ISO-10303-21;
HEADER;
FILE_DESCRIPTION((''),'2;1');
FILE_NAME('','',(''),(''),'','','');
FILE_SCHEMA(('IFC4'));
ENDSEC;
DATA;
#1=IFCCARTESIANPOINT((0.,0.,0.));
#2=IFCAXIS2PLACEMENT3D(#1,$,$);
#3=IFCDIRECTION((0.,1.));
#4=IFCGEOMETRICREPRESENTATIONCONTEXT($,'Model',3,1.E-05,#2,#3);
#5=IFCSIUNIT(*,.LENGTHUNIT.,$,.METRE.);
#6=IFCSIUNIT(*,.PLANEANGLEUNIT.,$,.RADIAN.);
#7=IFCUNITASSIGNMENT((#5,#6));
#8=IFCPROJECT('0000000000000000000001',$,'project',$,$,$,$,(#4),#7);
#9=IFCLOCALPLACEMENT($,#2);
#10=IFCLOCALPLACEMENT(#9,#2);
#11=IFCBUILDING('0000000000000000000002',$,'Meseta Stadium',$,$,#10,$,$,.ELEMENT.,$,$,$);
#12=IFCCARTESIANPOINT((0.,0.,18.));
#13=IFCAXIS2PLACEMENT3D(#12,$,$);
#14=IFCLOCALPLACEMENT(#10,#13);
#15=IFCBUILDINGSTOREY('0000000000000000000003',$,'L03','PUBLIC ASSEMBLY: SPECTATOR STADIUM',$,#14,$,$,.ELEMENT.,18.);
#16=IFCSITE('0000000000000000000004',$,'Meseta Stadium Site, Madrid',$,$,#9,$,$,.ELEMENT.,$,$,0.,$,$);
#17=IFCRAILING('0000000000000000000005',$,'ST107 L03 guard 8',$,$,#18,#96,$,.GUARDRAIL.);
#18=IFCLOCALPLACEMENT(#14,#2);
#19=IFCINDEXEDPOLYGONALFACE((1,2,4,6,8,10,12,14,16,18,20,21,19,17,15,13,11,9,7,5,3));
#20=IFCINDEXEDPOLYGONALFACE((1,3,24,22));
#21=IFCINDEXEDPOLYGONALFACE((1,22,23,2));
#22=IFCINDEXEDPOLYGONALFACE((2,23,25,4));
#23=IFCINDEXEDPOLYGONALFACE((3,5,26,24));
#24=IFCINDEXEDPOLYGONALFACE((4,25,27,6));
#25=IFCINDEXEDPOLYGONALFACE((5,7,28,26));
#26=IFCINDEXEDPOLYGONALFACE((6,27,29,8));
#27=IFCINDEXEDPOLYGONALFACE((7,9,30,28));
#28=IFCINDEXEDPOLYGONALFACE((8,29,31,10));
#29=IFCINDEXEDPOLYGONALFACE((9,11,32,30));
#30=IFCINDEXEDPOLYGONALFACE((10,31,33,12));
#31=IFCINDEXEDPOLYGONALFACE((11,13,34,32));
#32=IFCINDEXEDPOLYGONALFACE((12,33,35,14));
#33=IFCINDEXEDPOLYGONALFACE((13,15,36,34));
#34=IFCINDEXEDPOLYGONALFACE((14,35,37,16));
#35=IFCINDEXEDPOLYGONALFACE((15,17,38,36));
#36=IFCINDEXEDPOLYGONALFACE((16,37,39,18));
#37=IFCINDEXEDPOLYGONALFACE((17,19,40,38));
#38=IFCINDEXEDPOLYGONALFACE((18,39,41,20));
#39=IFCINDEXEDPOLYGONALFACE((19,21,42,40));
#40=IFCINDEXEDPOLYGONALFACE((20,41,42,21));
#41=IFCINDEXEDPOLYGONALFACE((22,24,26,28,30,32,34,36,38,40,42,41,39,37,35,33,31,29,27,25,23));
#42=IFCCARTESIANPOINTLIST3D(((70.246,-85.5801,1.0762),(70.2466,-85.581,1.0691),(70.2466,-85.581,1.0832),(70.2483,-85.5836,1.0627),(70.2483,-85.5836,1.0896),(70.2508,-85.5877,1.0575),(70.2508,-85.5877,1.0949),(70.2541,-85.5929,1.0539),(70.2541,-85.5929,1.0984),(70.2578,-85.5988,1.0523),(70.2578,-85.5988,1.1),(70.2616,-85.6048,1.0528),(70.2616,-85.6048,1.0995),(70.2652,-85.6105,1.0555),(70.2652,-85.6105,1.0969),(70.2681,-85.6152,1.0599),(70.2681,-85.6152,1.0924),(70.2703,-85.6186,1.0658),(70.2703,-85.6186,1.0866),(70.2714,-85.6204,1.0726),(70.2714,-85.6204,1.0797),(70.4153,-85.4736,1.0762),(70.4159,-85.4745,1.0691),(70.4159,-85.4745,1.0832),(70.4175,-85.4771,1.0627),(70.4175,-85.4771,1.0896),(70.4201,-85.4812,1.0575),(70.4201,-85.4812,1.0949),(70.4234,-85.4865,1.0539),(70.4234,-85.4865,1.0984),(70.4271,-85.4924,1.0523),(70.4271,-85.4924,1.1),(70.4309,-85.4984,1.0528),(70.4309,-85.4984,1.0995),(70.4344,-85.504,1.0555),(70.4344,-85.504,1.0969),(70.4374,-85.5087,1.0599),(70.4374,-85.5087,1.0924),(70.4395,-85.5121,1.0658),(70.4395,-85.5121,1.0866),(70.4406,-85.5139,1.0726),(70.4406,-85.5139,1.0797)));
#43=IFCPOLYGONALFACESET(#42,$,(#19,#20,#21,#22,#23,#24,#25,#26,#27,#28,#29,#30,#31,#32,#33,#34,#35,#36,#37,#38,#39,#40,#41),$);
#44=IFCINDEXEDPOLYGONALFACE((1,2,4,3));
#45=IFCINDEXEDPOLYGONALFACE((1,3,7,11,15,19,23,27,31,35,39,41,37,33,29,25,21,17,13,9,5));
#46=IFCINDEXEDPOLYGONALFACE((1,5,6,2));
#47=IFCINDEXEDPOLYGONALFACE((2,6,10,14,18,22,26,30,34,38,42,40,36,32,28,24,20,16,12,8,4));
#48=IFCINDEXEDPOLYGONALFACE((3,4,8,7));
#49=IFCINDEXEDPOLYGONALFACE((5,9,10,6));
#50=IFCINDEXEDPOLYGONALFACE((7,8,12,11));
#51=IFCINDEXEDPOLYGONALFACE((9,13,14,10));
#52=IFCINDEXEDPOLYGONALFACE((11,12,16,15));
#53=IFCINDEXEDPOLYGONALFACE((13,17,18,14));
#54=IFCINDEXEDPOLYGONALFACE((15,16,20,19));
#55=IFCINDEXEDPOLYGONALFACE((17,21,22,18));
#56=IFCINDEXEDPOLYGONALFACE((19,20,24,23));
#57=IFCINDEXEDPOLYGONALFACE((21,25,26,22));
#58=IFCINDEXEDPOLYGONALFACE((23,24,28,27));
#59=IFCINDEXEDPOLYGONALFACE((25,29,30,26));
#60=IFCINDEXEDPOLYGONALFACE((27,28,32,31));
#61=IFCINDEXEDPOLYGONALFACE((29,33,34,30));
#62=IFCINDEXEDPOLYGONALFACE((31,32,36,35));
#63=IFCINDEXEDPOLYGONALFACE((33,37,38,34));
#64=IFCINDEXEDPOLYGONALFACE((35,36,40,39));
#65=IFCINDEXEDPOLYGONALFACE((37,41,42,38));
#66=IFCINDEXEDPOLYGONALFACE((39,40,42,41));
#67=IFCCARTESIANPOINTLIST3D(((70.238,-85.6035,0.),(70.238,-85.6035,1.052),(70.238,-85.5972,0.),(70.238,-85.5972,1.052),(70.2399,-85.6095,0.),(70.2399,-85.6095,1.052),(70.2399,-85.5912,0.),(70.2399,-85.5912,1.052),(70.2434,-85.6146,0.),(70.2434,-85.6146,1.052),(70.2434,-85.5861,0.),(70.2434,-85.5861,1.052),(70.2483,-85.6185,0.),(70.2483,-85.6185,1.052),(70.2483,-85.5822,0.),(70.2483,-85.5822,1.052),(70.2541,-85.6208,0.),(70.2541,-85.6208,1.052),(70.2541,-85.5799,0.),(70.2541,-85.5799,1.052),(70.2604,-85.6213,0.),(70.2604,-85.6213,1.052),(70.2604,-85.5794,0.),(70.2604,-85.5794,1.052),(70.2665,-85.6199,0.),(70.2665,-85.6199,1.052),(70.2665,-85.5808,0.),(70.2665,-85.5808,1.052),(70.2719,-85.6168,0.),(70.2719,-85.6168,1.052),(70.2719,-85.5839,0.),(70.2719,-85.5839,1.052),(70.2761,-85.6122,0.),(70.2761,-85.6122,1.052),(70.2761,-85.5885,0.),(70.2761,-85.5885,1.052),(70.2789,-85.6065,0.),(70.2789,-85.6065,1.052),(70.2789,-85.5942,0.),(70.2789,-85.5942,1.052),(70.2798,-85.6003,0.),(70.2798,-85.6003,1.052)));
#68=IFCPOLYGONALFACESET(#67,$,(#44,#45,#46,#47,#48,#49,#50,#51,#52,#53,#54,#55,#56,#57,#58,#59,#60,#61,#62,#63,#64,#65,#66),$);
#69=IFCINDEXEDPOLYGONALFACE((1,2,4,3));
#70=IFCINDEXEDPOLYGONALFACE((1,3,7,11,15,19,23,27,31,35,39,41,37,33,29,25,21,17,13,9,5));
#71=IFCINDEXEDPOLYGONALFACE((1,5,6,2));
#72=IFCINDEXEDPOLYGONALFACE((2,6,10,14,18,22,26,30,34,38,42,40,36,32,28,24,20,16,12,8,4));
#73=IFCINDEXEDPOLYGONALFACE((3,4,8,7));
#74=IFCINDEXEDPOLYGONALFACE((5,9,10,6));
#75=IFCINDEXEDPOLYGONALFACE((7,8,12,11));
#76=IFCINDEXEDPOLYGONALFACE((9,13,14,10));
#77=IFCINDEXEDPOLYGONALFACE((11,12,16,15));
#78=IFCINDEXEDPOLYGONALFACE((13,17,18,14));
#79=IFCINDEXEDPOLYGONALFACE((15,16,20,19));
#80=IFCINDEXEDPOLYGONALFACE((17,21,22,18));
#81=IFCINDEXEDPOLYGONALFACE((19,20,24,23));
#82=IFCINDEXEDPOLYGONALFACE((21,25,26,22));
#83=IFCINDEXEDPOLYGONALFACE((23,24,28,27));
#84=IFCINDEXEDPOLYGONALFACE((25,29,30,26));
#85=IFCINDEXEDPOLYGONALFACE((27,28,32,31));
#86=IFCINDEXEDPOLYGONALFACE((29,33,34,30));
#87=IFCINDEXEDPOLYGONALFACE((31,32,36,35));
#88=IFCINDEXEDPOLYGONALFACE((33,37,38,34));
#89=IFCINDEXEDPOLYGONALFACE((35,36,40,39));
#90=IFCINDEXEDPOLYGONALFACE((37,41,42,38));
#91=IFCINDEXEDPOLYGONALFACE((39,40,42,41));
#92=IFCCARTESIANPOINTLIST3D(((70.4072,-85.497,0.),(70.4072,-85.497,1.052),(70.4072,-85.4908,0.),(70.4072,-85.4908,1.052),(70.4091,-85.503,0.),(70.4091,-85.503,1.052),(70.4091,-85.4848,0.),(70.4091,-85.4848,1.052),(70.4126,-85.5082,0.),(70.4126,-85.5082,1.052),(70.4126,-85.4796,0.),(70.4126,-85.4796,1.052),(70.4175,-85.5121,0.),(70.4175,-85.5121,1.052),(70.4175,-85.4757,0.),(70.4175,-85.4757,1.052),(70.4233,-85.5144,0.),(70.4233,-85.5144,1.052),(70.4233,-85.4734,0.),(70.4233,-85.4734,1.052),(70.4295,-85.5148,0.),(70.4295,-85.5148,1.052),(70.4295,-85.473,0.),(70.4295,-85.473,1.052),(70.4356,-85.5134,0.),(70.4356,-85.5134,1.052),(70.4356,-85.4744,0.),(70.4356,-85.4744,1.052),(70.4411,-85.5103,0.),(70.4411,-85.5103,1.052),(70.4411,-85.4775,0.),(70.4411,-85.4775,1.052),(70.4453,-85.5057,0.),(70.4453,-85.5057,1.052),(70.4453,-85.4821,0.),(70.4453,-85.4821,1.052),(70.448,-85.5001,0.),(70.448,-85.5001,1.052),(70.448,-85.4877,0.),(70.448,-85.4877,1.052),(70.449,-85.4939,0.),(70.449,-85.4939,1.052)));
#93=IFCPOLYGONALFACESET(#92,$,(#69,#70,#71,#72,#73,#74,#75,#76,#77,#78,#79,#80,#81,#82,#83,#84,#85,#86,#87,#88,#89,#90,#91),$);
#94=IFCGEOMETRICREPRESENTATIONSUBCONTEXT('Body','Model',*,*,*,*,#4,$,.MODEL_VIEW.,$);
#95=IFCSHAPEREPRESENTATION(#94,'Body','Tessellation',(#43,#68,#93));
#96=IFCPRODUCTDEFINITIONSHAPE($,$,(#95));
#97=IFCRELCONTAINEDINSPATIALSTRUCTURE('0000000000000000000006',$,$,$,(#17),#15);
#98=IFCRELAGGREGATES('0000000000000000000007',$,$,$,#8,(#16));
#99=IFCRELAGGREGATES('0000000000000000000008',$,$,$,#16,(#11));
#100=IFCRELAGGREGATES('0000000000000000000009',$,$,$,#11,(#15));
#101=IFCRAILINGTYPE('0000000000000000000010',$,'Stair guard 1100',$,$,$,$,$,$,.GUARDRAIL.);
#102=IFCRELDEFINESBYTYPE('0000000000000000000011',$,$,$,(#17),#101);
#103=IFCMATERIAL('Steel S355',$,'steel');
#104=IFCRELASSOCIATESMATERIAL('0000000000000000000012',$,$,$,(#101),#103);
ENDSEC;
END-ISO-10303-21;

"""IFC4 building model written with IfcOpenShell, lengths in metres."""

from ifc_helpers import new_model, si_unit, direction, frame, origin, origin_2d, place, context, subcontext, project, spatial, circle, extrude, material, type_object, element, save


model = new_model("IFC4")

# Units and contexts
model_context = context("Model", 3, precision=1e-05, world=origin(), true_north=direction((0.0, 1.0)))
body_context = subcontext(model_context, "Body", "Model", "MODEL_VIEW")
ifc_project = project(units=[si_unit("LENGTHUNIT", "METRE"), si_unit("PLANEANGLEUNIT", "RADIAN")], contexts=[model_context])

# Site, building, storey
site_placement = place(None, origin())
site = spatial("IfcSite", under=ifc_project, at=site_placement, Name="Meseta Stadium Site, Madrid", CompositionType="ELEMENT", RefElevation=0.0)
building_placement = place(site_placement, origin())
building = spatial("IfcBuilding", under=site, at=building_placement, Name="Meseta Stadium", CompositionType="ELEMENT")
storey_placement = place(building_placement, frame((0.0, 0.0, 18.0)))
storey = spatial("IfcBuildingStorey", under=building, at=storey_placement, Name="L03", Description="PUBLIC ASSEMBLY: SPECTATOR STADIUM", CompositionType="ELEMENT", Elevation=18.0)

# Railing
ifc_material_1 = material(Name="Steel S355", Category="steel")
railing_type_1 = type_object("IfcRailingType", Name="Stair guard 1100", PredefinedType="GUARDRAIL", material=ifc_material_1)
railing_1_placement = place(storey_placement, frame((70.2588, -85.6003, 0.0)))
element("IfcRailing", 1, at=railing_1_placement, inside=storey, type_object=railing_type_1, Name="ST107 L03 guard 8", PredefinedType="GUARDRAIL", context=body_context, shape_type="SweptSolid", body=[
    extrude(circle(Radius=0.0239, at=origin_2d()), frame((0.0, 0.0, 1.0762), z_axis=(0.846416, 0.532522, 0.0), x_axis=(-0.532522, 0.846416, 0.0)), (0.0, 0.0, 1.0), 0.2),
    extrude(circle(Radius=0.021, at=origin_2d()), origin(), (0.0, 0.0, 1.0), 1.052),
    extrude(circle(Radius=0.021, at=origin_2d()), frame((0.1692, 0.1064, 0.0)), (0.0, 0.0, 1.0), 1.052),
])

save(model, "model.ifc")
